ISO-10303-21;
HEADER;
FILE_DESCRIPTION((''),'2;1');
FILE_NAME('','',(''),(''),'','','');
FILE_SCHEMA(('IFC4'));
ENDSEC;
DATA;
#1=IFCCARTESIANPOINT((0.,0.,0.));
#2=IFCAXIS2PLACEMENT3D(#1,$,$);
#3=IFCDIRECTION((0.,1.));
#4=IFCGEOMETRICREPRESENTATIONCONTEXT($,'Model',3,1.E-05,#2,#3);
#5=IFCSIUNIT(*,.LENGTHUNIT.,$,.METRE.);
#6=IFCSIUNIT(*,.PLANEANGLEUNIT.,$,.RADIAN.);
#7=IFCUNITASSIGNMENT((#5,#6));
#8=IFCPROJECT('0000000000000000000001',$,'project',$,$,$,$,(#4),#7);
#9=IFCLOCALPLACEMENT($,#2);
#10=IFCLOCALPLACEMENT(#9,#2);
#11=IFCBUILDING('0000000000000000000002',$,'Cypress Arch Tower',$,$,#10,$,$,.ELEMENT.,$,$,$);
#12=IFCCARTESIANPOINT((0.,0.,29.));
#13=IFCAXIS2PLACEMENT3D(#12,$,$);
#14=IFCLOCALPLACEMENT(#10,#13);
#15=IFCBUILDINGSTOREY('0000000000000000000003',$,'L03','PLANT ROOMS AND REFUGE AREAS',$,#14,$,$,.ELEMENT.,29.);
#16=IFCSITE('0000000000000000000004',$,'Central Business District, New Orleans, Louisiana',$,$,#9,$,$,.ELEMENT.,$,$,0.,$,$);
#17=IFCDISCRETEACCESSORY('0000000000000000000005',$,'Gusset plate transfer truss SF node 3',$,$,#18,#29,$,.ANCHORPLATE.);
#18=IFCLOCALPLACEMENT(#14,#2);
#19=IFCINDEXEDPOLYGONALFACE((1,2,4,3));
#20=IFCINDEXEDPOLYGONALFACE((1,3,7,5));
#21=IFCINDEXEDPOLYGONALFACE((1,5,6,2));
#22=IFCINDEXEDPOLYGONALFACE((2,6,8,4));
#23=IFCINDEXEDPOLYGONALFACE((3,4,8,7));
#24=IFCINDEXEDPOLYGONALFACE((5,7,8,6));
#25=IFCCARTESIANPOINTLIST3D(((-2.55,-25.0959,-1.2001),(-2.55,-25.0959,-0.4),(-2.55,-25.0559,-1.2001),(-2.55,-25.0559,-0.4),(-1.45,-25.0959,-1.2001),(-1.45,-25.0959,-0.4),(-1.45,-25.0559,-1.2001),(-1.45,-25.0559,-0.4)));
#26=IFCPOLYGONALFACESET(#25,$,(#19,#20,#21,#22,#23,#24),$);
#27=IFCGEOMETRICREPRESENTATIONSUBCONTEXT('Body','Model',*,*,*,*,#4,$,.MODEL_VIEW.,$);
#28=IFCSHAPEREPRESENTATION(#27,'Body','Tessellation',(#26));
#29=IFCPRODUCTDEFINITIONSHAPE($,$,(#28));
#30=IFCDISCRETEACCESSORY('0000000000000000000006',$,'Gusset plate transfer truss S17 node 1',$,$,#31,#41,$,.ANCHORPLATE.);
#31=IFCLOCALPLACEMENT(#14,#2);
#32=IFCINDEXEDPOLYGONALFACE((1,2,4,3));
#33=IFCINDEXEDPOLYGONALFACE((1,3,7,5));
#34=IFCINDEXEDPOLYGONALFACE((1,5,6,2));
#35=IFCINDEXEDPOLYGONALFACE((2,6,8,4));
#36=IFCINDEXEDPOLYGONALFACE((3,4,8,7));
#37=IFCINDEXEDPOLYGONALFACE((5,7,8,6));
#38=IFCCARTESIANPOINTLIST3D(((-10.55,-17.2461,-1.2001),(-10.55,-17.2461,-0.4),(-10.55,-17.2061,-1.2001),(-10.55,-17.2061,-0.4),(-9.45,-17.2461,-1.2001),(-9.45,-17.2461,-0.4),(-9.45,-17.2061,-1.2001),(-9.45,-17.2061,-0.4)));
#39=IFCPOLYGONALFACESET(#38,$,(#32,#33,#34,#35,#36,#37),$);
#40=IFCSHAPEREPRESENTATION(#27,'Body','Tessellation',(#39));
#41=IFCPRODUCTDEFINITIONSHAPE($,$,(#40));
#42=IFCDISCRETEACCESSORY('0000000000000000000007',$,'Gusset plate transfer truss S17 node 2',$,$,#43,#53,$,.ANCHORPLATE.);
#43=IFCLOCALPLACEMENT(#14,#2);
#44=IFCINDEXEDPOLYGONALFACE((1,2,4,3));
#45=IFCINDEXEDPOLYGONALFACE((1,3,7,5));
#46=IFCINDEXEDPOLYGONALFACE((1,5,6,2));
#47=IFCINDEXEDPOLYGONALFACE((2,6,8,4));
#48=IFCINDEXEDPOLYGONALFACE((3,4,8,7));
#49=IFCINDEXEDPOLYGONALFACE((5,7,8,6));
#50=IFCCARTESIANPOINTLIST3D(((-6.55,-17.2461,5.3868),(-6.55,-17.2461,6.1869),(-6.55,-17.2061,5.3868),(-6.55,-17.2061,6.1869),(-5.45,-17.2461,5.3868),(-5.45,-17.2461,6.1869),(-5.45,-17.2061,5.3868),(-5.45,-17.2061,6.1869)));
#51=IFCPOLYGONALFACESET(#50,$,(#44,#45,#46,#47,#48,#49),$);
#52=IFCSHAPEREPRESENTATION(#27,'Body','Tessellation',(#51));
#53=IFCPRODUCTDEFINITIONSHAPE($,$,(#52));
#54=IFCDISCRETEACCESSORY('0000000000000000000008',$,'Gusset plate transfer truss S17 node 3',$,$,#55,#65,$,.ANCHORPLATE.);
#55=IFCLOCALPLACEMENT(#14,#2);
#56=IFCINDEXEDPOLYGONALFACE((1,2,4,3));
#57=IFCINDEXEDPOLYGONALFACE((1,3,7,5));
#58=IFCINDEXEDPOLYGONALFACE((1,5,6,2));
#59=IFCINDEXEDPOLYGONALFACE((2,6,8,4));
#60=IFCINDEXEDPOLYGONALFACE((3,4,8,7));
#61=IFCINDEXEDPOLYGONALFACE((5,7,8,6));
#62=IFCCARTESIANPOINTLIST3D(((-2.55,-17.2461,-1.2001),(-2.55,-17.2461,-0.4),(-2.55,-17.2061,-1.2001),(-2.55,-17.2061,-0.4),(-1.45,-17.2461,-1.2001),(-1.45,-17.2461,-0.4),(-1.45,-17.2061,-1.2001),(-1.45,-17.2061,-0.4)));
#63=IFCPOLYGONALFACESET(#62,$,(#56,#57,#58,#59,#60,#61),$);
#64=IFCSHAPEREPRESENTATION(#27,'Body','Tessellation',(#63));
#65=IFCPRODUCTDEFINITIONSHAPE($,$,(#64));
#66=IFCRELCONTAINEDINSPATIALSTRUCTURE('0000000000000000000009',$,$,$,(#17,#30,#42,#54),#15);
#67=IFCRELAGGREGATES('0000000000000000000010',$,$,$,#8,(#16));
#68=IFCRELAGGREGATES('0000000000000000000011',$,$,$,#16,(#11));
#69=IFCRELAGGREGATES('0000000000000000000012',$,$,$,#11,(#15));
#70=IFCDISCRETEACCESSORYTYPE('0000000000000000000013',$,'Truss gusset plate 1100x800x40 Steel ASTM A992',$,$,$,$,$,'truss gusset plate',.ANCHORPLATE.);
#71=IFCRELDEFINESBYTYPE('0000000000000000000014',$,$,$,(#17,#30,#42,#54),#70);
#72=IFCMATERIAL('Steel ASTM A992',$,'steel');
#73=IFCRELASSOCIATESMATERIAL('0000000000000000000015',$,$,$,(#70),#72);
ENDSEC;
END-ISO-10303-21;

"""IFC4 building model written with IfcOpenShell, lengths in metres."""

from ifc_helpers import new_model, si_unit, direction, frame, origin, origin_2d, place, context, subcontext, project, spatial, rectangle, extrude, material, material_profile, profile_set, type_object, element, save


model = new_model("IFC4")

# Units and contexts
model_context = context("Model", 3, precision=1e-05, world=origin(), true_north=direction((0.0, 1.0)))
body_context = subcontext(model_context, "Body", "Model", "MODEL_VIEW")
ifc_project = project(units=[si_unit("LENGTHUNIT", "METRE"), si_unit("PLANEANGLEUNIT", "RADIAN")], contexts=[model_context])

# Site, building, storey
site_placement = place(None, origin())
site = spatial("IfcSite", under=ifc_project, at=site_placement, Name="Central Business District, New Orleans, Louisiana", CompositionType="ELEMENT", RefElevation=0.0)
building_placement = place(site_placement, origin())
building = spatial("IfcBuilding", under=site, at=building_placement, Name="Cypress Arch Tower", CompositionType="ELEMENT")
storey_placement = place(building_placement, frame((0.0, 0.0, 29.0)))
storey = spatial("IfcBuildingStorey", under=building, at=storey_placement, Name="L03", Description="PLANT ROOMS AND REFUGE AREAS", CompositionType="ELEMENT", Elevation=29.0)

# Discrete accessories
ifc_material_1 = material(Name="Steel ASTM A992", Category="steel")
ifc_material_profile_1 = material_profile(ifc_material_1, rectangle(XDim=1.1001, YDim=0.8, at=origin_2d()), Name="PL 40 1100x800")
ifc_profile_set_1 = profile_set([ifc_material_profile_1], Name="Steel ASTM A992")
discrete_accessory_type_1 = type_object("IfcDiscreteAccessoryType", Name="Truss gusset plate 1100x800x40 Steel ASTM A992", ElementType="truss gusset plate", PredefinedType="ANCHORPLATE", material=ifc_profile_set_1)
for number, where, z_axis, x_axis, name in (
    (1, (-2.0, -25.0959, -0.8), (0.0, 1.0, 0.0), (-1.0, 0.0, 0.0), "Gusset plate transfer truss SF node 3"),
    (2, (-10.0, -17.2461, -0.8), (0.0, 1.0, 0.0), (-1.0, 0.0, 0.0), "Gusset plate transfer truss S17 node 1"),
    (3, (-6.0, -17.2461, 5.7869), (0.0, 1.0, 0.0), (-1.0, 0.0, 0.0), "Gusset plate transfer truss S17 node 2"),
    (4, (-2.0, -17.2461, -0.8), (0.0, 1.0, 0.0), (-1.0, 0.0, 0.0), "Gusset plate transfer truss S17 node 3"),
):
    element("IfcDiscreteAccessory", number, at=place(storey_placement, frame(where, z_axis=z_axis, x_axis=x_axis)), inside=storey, type_object=discrete_accessory_type_1, Name=name, PredefinedType="ANCHORPLATE", context=body_context, shape_type="SweptSolid", body=[
        extrude(rectangle(XDim=1.1001, YDim=0.8, at=origin_2d()), origin(), (0.0, 0.0, 1.0), 0.04),
    ])

save(model, "model.ifc")
